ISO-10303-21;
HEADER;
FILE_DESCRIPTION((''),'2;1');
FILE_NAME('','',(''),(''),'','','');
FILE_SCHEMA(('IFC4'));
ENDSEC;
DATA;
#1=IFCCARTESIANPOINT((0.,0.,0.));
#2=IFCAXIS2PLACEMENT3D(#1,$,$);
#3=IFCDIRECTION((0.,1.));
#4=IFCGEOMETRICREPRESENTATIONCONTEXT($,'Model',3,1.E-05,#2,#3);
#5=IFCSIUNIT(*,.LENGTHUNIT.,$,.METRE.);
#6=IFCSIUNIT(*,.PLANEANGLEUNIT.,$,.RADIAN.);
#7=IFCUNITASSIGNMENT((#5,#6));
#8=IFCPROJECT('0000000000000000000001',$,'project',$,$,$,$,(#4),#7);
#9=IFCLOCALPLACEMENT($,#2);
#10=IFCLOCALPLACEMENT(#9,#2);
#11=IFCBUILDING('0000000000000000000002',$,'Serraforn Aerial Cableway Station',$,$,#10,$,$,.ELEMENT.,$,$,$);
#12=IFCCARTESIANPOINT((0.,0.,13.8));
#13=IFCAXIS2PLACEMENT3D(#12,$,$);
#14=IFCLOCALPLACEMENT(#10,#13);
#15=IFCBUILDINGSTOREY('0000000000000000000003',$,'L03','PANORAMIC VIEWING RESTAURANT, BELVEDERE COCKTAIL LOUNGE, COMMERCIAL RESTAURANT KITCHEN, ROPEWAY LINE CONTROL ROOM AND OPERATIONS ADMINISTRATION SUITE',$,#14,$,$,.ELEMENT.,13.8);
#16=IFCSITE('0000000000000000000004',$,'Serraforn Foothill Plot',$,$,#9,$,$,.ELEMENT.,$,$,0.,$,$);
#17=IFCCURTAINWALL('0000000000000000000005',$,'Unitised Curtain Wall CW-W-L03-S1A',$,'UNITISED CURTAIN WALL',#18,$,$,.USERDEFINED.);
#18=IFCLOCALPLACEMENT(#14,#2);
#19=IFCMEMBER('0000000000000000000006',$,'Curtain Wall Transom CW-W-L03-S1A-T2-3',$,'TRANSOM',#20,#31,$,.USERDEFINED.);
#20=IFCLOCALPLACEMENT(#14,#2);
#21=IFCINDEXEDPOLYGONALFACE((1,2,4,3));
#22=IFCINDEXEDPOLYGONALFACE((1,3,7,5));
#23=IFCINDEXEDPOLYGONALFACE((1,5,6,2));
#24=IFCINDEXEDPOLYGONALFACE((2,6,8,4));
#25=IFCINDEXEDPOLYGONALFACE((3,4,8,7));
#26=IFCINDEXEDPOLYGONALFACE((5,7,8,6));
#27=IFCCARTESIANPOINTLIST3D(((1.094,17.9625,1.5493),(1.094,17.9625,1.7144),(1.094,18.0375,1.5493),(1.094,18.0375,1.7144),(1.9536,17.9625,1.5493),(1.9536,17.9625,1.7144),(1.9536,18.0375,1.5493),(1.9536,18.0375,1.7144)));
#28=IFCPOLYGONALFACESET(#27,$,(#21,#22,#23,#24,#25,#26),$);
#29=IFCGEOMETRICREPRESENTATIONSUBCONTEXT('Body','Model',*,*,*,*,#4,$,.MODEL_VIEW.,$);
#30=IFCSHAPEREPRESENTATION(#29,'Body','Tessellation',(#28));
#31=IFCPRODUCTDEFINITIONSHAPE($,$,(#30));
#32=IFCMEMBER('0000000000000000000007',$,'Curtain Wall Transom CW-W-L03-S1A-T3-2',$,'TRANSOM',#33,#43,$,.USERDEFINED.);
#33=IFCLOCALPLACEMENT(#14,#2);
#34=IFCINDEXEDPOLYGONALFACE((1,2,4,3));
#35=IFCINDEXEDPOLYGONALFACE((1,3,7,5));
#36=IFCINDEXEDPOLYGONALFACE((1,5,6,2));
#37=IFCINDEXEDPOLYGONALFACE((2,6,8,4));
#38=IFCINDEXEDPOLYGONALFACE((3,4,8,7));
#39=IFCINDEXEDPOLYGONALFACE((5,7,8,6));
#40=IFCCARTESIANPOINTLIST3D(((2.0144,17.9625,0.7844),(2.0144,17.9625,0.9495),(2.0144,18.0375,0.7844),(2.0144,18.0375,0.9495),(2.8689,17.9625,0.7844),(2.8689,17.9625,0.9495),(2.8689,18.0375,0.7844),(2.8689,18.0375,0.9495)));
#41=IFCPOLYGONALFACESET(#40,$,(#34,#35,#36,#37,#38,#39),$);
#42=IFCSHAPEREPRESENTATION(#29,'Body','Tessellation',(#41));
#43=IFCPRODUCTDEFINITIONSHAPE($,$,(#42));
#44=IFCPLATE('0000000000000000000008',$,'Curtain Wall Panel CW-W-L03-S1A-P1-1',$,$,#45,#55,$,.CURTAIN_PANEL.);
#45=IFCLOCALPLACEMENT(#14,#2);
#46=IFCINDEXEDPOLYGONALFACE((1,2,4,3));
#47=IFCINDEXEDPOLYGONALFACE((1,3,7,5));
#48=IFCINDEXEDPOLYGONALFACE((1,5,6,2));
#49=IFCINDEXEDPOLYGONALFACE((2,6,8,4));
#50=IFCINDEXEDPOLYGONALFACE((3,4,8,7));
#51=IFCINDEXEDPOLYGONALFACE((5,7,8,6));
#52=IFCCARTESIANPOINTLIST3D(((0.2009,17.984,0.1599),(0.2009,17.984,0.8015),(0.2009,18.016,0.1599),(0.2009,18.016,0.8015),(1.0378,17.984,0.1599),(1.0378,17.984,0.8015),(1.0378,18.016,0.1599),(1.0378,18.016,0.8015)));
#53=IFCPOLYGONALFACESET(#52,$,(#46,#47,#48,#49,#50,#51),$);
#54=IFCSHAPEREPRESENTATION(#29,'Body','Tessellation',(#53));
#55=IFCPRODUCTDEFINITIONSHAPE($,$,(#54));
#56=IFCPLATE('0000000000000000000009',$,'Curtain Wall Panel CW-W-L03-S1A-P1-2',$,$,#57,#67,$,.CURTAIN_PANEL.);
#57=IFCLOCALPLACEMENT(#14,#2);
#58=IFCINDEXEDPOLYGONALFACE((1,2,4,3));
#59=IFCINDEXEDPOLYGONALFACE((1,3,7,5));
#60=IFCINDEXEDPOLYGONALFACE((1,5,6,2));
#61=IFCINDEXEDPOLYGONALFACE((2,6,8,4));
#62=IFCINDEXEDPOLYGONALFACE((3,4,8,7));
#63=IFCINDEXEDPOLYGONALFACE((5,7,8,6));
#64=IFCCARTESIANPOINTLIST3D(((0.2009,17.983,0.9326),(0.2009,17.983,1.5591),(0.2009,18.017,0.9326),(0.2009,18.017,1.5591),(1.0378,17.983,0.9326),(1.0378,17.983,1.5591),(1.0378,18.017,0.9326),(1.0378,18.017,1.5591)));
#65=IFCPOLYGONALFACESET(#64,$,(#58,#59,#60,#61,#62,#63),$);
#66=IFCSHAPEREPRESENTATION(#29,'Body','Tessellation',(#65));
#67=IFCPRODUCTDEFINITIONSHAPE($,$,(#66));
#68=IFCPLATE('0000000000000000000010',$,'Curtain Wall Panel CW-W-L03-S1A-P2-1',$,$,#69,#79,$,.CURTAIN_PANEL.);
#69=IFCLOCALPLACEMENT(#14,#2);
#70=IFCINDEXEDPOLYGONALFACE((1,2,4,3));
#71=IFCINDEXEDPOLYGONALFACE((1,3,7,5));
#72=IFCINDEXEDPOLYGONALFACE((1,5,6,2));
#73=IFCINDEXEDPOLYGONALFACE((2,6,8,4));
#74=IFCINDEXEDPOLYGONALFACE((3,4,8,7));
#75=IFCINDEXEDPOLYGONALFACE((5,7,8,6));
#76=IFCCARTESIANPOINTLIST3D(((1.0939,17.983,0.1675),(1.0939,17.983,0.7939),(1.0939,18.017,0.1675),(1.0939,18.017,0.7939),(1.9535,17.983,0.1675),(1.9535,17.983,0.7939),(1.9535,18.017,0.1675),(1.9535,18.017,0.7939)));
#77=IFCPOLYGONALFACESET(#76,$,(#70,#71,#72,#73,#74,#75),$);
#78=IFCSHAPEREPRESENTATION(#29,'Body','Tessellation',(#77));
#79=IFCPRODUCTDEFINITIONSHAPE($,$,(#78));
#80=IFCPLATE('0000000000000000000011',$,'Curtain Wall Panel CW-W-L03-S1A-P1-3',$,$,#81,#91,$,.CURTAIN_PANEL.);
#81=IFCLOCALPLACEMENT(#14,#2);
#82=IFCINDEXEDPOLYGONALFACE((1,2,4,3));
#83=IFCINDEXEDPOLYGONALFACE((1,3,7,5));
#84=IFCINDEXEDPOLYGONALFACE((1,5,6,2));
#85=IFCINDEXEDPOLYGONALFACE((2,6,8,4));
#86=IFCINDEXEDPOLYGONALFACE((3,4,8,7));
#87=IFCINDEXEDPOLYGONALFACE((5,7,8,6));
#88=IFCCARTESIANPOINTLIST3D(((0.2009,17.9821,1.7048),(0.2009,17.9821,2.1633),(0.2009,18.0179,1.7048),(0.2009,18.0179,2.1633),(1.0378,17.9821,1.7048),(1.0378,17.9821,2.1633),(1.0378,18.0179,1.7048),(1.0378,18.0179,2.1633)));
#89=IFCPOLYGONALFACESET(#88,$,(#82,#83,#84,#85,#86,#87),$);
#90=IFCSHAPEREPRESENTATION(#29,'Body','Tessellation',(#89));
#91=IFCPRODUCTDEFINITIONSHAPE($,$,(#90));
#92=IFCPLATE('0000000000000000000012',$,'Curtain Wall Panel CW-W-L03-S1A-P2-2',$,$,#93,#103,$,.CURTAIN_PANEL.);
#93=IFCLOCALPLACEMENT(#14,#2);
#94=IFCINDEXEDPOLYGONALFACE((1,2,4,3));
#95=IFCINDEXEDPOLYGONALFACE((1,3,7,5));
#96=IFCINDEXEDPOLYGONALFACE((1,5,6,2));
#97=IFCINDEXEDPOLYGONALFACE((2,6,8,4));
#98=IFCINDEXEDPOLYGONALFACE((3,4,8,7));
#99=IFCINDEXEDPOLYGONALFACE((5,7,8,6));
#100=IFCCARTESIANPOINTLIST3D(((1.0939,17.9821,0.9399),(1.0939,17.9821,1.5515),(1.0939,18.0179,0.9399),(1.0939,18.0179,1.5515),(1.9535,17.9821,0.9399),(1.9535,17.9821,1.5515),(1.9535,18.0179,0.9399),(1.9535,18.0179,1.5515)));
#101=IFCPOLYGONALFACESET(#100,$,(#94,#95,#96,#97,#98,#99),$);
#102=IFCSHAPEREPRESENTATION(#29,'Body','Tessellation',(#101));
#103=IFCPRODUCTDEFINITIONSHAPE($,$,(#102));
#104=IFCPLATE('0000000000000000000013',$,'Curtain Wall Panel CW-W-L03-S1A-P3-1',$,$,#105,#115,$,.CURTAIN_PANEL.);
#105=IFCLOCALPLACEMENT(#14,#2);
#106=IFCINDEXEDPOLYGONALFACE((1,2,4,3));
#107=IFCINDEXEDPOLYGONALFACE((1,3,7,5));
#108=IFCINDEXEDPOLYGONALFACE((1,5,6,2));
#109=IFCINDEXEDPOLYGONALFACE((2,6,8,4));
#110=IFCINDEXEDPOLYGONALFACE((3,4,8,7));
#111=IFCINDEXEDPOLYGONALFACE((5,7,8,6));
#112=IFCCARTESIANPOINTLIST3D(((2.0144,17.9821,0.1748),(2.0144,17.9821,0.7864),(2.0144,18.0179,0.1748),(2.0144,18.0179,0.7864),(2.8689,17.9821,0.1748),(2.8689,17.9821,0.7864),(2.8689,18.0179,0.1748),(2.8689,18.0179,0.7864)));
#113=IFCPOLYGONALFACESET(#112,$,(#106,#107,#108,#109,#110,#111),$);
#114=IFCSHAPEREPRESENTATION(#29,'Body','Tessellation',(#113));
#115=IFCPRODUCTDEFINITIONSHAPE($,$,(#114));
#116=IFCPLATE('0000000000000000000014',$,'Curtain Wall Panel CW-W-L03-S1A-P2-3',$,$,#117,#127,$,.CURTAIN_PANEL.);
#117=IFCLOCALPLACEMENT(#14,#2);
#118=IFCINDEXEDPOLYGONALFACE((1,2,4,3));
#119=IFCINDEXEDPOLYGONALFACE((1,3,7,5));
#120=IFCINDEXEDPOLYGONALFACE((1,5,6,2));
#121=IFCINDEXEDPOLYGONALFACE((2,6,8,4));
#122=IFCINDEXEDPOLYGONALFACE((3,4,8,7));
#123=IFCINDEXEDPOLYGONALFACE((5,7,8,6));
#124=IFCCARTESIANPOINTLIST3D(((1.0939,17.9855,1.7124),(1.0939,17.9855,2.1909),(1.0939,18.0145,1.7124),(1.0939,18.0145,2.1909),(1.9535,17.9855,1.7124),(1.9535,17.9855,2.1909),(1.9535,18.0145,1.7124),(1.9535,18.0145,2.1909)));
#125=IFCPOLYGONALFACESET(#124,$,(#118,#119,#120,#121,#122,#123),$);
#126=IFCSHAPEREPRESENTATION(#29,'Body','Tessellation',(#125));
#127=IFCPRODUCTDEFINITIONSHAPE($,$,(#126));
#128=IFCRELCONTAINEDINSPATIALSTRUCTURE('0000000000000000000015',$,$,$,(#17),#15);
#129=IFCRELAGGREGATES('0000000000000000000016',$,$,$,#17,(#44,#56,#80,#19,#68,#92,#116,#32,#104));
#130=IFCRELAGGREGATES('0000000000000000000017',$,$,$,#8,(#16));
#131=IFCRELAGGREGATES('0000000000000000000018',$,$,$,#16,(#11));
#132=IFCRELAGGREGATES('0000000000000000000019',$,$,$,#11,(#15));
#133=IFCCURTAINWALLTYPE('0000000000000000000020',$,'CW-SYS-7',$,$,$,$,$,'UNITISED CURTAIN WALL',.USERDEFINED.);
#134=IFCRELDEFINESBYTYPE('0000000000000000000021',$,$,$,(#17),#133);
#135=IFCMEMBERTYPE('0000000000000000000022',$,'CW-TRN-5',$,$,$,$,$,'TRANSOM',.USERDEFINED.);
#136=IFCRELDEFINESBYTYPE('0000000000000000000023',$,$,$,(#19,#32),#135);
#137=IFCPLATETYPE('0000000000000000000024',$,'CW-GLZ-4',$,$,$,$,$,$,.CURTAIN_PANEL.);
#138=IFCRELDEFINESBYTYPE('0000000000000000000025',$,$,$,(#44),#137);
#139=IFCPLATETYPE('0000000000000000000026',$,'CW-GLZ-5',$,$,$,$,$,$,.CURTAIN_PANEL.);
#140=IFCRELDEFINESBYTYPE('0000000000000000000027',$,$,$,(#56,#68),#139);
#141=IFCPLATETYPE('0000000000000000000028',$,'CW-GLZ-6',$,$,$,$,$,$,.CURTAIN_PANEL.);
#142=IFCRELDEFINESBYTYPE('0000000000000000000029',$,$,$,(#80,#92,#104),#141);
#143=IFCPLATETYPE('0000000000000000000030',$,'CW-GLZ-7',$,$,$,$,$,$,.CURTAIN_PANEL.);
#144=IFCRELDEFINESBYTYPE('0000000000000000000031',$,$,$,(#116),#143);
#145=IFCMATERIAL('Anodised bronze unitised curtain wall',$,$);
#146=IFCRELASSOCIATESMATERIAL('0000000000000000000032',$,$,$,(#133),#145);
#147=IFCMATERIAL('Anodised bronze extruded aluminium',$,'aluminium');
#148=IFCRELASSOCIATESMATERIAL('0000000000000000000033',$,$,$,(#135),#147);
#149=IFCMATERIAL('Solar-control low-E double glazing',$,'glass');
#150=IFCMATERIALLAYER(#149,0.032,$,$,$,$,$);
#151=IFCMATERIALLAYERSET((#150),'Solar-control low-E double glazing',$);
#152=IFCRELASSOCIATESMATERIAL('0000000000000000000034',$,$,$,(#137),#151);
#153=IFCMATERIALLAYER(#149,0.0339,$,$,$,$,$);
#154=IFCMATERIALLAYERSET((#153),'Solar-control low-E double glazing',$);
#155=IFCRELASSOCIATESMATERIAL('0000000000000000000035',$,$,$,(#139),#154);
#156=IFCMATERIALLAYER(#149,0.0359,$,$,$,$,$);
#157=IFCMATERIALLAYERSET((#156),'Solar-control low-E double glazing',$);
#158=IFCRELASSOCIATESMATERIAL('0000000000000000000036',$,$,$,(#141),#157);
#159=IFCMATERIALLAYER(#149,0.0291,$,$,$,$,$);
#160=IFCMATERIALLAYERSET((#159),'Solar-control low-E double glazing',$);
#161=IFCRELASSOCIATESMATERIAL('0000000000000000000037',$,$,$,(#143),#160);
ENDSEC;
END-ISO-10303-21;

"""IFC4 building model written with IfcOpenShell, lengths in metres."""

from ifc_helpers import new_model, si_unit, direction, frame, origin, origin_2d, place, context, subcontext, project, spatial, rectangle, extrude, material, layer, layer_set, material_profile, profile_set, type_object, element, aggregate, save


model = new_model("IFC4")

# Units and contexts
model_context = context("Model", 3, precision=1e-05, world=origin(), true_north=direction((0.0, 1.0)))
body_context = subcontext(model_context, "Body", "Model", "MODEL_VIEW")
ifc_project = project(units=[si_unit("LENGTHUNIT", "METRE"), si_unit("PLANEANGLEUNIT", "RADIAN")], contexts=[model_context])

# Site, building, storey
site_placement = place(None, origin())
site = spatial("IfcSite", under=ifc_project, at=site_placement, Name="Serraforn Foothill Plot", CompositionType="ELEMENT", RefElevation=0.0)
building_placement = place(site_placement, origin())
building = spatial("IfcBuilding", under=site, at=building_placement, Name="Serraforn Aerial Cableway Station", CompositionType="ELEMENT")
storey_placement = place(building_placement, frame((0.0, 0.0, 13.8)))
storey = spatial("IfcBuildingStorey", under=building, at=storey_placement, Name="L03", Description="PANORAMIC VIEWING RESTAURANT, BELVEDERE COCKTAIL LOUNGE, COMMERCIAL RESTAURANT KITCHEN, ROPEWAY LINE CONTROL ROOM AND OPERATIONS ADMINISTRATION SUITE", CompositionType="ELEMENT", Elevation=13.8)

# Curtain wall, members, plates
ifc_material_1 = material(Name="Anodised bronze unitised curtain wall")
curtain_wall_type = type_object("IfcCurtainWallType", Name="CW-SYS-7", ElementType="UNITISED CURTAIN WALL", PredefinedType="USERDEFINED", material=ifc_material_1)
curtain_wall_placement = place(storey_placement, origin())
curtain_wall = element("IfcCurtainWall", 1, at=curtain_wall_placement, inside=storey, type_object=curtain_wall_type, Name="Unitised Curtain Wall CW-W-L03-S1A", ObjectType="UNITISED CURTAIN WALL", PredefinedType="USERDEFINED")
ifc_material_2 = material(Name="Anodised bronze extruded aluminium", Category="aluminium")
ifc_material_profile_1 = material_profile(ifc_material_2, rectangle(XDim=0.075, YDim=0.165, at=origin_2d()), Name="CW TRANSOM 75x165")
ifc_profile_set_1 = profile_set([ifc_material_profile_1], Name="Anodised bronze extruded aluminium")
member_type_1 = type_object("IfcMemberType", Name="CW-TRN-5", ElementType="TRANSOM", PredefinedType="USERDEFINED", material=ifc_profile_set_1)
member_1_placement = place(storey_placement, frame((1.094, 18.0, 1.6318), z_axis=(1.0, 0.0, 0.0), x_axis=(0.0, 1.0, 0.0)))
member_1 = element("IfcMember", 2, at=member_1_placement, type_object=member_type_1, Name="Curtain Wall Transom CW-W-L03-S1A-T2-3", ObjectType="TRANSOM", PredefinedType="USERDEFINED", context=body_context, shape_type="SweptSolid", body=[
    extrude(rectangle(XDim=0.075, YDim=0.165, at=origin_2d()), origin(), (0.0, 0.0, 1.0), 0.8596),
])
member_2_placement = place(storey_placement, frame((2.0144, 18.0, 0.8669), z_axis=(1.0, 0.0, 0.0), x_axis=(0.0, 1.0, 0.0)))
member_2 = element("IfcMember", 3, at=member_2_placement, type_object=member_type_1, Name="Curtain Wall Transom CW-W-L03-S1A-T3-2", ObjectType="TRANSOM", PredefinedType="USERDEFINED", context=body_context, shape_type="SweptSolid", body=[
    extrude(rectangle(XDim=0.075, YDim=0.165, at=origin_2d()), origin(), (0.0, 0.0, 1.0), 0.8545),
])
ifc_material_3 = material(Name="Solar-control low-E double glazing", Category="glass")
ifc_layer_1 = layer(ifc_material_3, 0.032)
ifc_layer_set_1 = layer_set([ifc_layer_1], Name="Solar-control low-E double glazing")
plate_type_1 = type_object("IfcPlateType", Name="CW-GLZ-4", PredefinedType="CURTAIN_PANEL", material=ifc_layer_set_1)
plate_1_placement = place(storey_placement, frame((0.6194, 18.0, 0.1599), z_axis=(0.0, 0.0, 1.0), x_axis=(1.0, 0.0, 0.0)))
plate_1 = element("IfcPlate", 4, at=plate_1_placement, type_object=plate_type_1, Name="Curtain Wall Panel CW-W-L03-S1A-P1-1", PredefinedType="CURTAIN_PANEL", context=body_context, shape_type="SweptSolid", body=[
    extrude(rectangle(XDim=0.8369, YDim=0.032, at=origin_2d()), origin(), (0.0, 0.0, 1.0), 0.6416),
])
ifc_layer_2 = layer(ifc_material_3, 0.0339)
ifc_layer_set_2 = layer_set([ifc_layer_2], Name="Solar-control low-E double glazing")
plate_type_2 = type_object("IfcPlateType", Name="CW-GLZ-5", PredefinedType="CURTAIN_PANEL", material=ifc_layer_set_2)
plate_2_placement = place(storey_placement, frame((0.6194, 18.0, 0.9326), z_axis=(0.0, 0.0, 1.0), x_axis=(1.0, 0.0, 0.0)))
plate_2 = element("IfcPlate", 5, at=plate_2_placement, type_object=plate_type_2, Name="Curtain Wall Panel CW-W-L03-S1A-P1-2", PredefinedType="CURTAIN_PANEL", context=body_context, shape_type="SweptSolid", body=[
    extrude(rectangle(XDim=0.8369, YDim=0.0339, at=origin_2d()), origin(), (0.0, 0.0, 1.0), 0.6265),
])
plate_3_placement = place(storey_placement, frame((1.5237, 18.0, 0.1675), z_axis=(0.0, 0.0, 1.0), x_axis=(1.0, 0.0, 0.0)))
plate_3 = element("IfcPlate", 6, at=plate_3_placement, type_object=plate_type_2, Name="Curtain Wall Panel CW-W-L03-S1A-P2-1", PredefinedType="CURTAIN_PANEL", context=body_context, shape_type="SweptSolid", body=[
    extrude(rectangle(XDim=0.8596, YDim=0.0339, at=origin_2d()), origin(), (0.0, 0.0, 1.0), 0.6265),
])
ifc_layer_3 = layer(ifc_material_3, 0.0359)
ifc_layer_set_3 = layer_set([ifc_layer_3], Name="Solar-control low-E double glazing")
plate_type_3 = type_object("IfcPlateType", Name="CW-GLZ-6", PredefinedType="CURTAIN_PANEL", material=ifc_layer_set_3)
plate_4_placement = place(storey_placement, frame((0.6194, 18.0, 1.7048), z_axis=(0.0, 0.0, 1.0), x_axis=(1.0, 0.0, 0.0)))
plate_4 = element("IfcPlate", 7, at=plate_4_placement, type_object=plate_type_3, Name="Curtain Wall Panel CW-W-L03-S1A-P1-3", PredefinedType="CURTAIN_PANEL", context=body_context, shape_type="SweptSolid", body=[
    extrude(rectangle(XDim=0.8369, YDim=0.0359, at=origin_2d()), origin(), (0.0, 0.0, 1.0), 0.4585),
])
plate_5_placement = place(storey_placement, frame((1.5237, 18.0, 0.9399), z_axis=(0.0, 0.0, 1.0), x_axis=(1.0, 0.0, 0.0)))
plate_5 = element("IfcPlate", 8, at=plate_5_placement, type_object=plate_type_3, Name="Curtain Wall Panel CW-W-L03-S1A-P2-2", PredefinedType="CURTAIN_PANEL", context=body_context, shape_type="SweptSolid", body=[
    extrude(rectangle(XDim=0.8596, YDim=0.0359, at=origin_2d()), origin(), (0.0, 0.0, 1.0), 0.6116),
])
plate_6_placement = place(storey_placement, frame((2.4417, 18.0, 0.1748), z_axis=(0.0, 0.0, 1.0), x_axis=(1.0, 0.0, 0.0)))
plate_6 = element("IfcPlate", 9, at=plate_6_placement, type_object=plate_type_3, Name="Curtain Wall Panel CW-W-L03-S1A-P3-1", PredefinedType="CURTAIN_PANEL", context=body_context, shape_type="SweptSolid", body=[
    extrude(rectangle(XDim=0.8545, YDim=0.0359, at=origin_2d()), origin(), (0.0, 0.0, 1.0), 0.6116),
])
ifc_layer_4 = layer(ifc_material_3, 0.0291)
ifc_layer_set_4 = layer_set([ifc_layer_4], Name="Solar-control low-E double glazing")
plate_type_4 = type_object("IfcPlateType", Name="CW-GLZ-7", PredefinedType="CURTAIN_PANEL", material=ifc_layer_set_4)
plate_7_placement = place(storey_placement, frame((1.5237, 18.0, 1.7124), z_axis=(0.0, 0.0, 1.0), x_axis=(1.0, 0.0, 0.0)))
plate_7 = element("IfcPlate", 10, at=plate_7_placement, type_object=plate_type_4, Name="Curtain Wall Panel CW-W-L03-S1A-P2-3", PredefinedType="CURTAIN_PANEL", context=body_context, shape_type="SweptSolid", body=[
    extrude(rectangle(XDim=0.8596, YDim=0.0291, at=origin_2d()), origin(), (0.0, 0.0, 1.0), 0.4785),
])
aggregate(curtain_wall, [plate_1, plate_2, plate_4, member_1, plate_3, plate_5, plate_7, member_2, plate_6])

save(model, "model.ifc")
